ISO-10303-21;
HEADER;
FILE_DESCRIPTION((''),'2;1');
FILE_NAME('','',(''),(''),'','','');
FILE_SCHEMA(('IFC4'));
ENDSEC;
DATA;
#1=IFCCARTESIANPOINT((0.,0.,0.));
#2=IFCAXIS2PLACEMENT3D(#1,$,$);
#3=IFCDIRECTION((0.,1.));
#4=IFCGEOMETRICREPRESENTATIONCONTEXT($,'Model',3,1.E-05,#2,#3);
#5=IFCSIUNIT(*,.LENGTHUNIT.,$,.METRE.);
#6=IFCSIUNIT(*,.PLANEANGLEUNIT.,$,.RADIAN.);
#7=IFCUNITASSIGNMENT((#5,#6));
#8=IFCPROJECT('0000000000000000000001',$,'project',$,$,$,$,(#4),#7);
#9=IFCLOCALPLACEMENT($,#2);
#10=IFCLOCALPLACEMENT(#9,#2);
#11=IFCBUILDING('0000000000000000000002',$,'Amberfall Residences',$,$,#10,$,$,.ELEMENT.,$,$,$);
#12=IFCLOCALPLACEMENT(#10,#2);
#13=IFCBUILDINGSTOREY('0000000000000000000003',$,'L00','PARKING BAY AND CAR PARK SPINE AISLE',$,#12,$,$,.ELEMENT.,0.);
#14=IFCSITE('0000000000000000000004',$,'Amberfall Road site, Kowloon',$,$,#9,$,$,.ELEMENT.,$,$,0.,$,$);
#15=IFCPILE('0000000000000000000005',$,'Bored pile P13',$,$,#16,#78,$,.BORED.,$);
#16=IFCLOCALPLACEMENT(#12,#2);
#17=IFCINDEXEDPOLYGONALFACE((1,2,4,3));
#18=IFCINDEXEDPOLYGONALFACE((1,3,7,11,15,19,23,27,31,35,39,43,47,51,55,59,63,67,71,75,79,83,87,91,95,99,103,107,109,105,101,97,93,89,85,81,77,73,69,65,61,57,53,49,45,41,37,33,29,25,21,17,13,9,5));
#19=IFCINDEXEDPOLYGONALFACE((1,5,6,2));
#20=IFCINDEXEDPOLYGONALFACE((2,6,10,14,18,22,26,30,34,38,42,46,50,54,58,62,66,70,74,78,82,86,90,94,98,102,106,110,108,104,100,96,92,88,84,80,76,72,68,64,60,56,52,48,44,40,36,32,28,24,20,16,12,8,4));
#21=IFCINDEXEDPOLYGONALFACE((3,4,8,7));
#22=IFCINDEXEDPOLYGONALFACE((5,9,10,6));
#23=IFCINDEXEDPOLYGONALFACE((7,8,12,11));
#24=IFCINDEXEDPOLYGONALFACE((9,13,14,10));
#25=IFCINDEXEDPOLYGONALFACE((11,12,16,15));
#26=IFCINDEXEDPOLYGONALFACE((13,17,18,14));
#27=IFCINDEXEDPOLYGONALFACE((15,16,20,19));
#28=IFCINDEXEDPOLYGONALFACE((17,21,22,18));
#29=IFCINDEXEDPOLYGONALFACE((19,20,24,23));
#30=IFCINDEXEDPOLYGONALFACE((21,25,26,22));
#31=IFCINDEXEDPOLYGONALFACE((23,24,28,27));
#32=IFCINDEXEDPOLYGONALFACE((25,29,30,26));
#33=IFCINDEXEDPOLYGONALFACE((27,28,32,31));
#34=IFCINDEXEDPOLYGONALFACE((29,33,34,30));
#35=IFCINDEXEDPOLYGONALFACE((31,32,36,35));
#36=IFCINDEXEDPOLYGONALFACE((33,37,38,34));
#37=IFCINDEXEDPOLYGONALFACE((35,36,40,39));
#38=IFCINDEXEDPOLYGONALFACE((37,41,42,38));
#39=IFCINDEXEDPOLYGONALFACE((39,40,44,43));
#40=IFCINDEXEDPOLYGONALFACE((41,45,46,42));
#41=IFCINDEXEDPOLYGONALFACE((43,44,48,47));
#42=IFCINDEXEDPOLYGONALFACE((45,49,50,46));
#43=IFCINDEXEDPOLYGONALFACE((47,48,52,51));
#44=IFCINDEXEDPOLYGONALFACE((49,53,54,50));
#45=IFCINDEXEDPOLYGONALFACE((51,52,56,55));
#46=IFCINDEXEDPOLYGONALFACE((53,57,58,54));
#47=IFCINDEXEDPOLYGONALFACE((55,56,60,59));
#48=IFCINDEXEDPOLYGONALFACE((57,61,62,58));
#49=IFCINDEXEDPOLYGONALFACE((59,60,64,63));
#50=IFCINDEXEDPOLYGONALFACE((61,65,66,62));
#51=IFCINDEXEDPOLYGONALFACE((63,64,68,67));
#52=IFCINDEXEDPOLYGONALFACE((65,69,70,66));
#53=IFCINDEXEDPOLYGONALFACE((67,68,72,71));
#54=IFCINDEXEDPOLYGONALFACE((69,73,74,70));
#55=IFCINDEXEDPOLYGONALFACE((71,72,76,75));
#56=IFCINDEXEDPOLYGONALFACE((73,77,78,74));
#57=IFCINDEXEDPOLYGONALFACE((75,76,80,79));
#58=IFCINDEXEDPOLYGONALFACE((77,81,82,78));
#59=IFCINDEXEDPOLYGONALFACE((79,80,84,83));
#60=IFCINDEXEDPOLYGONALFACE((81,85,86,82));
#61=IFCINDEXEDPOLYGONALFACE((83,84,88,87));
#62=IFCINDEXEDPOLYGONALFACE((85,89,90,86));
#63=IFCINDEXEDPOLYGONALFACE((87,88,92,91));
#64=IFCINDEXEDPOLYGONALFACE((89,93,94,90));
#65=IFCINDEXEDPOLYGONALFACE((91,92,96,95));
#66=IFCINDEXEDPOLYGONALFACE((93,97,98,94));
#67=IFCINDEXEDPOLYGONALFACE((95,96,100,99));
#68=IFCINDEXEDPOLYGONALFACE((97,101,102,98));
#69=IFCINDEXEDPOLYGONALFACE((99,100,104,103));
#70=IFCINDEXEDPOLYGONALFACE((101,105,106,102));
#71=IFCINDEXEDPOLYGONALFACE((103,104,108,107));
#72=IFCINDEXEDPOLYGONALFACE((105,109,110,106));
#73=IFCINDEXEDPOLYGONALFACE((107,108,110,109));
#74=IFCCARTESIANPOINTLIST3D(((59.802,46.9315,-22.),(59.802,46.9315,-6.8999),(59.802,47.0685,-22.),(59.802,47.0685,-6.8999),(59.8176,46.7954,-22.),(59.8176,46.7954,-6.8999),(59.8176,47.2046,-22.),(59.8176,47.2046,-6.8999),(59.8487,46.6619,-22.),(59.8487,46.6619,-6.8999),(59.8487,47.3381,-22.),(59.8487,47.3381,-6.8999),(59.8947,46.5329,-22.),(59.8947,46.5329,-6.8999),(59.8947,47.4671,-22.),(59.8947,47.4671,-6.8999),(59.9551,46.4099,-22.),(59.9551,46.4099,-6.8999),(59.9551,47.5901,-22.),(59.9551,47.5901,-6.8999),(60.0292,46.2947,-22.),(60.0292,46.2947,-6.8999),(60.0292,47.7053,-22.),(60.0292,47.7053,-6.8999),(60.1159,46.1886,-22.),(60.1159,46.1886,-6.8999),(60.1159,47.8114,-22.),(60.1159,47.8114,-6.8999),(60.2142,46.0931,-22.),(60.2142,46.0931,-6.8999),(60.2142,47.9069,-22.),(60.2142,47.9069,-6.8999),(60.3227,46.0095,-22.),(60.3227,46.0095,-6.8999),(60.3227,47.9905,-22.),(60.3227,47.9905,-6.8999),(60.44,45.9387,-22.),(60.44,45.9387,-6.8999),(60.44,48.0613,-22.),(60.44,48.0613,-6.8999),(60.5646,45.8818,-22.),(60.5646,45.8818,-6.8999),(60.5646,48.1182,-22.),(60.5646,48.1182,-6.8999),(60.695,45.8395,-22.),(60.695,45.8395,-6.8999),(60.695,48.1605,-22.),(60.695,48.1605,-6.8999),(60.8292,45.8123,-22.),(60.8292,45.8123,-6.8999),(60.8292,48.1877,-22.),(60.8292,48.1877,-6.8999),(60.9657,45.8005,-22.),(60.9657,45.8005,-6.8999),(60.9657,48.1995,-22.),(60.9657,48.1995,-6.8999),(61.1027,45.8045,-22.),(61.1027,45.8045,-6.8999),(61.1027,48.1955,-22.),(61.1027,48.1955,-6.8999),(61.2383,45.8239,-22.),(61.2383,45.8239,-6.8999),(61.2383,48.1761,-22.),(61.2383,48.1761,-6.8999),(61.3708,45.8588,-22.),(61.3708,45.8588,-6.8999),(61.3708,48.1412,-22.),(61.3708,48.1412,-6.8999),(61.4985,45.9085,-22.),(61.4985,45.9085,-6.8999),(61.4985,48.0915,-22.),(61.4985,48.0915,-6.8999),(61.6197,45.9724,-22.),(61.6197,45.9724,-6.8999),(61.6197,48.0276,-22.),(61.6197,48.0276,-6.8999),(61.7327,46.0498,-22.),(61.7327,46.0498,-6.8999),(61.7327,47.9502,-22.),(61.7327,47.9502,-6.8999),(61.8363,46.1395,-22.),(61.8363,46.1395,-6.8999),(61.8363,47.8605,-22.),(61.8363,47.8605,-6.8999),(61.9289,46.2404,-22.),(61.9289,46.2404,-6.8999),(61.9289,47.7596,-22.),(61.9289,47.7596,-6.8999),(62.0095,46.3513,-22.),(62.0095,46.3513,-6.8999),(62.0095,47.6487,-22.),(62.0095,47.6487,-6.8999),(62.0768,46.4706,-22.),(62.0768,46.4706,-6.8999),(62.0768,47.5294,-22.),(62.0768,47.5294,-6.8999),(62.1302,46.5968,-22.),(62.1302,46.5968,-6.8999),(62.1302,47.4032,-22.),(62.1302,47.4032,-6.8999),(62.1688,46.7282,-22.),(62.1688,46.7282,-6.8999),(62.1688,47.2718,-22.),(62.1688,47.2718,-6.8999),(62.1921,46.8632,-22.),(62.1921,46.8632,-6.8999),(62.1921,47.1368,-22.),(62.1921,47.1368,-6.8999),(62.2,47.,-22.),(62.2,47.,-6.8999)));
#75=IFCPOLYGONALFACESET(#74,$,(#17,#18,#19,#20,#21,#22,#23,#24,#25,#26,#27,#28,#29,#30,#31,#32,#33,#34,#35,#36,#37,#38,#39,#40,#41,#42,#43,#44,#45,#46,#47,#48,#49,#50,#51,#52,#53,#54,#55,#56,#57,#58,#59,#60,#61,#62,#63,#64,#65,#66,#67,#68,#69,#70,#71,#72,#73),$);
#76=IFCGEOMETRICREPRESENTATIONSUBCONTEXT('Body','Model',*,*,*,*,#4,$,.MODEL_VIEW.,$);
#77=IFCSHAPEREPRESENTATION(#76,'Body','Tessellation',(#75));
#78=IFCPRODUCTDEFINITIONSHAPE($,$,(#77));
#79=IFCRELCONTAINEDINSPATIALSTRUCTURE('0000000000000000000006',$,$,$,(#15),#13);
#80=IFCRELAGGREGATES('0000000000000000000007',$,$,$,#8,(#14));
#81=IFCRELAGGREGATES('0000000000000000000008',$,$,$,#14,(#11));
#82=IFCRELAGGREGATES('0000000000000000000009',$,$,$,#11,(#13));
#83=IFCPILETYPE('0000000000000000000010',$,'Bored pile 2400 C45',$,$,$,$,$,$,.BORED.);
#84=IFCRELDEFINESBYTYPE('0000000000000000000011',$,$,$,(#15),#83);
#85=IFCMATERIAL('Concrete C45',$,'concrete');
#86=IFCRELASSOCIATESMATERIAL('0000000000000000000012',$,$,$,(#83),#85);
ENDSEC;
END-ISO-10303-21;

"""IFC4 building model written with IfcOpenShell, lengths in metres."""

from ifc_helpers import new_model, si_unit, direction, frame, origin, origin_2d, place, context, subcontext, project, spatial, circle, extrude, material, material_profile, profile_set, type_object, element, save


model = new_model("IFC4")

# Units and contexts
model_context = context("Model", 3, precision=1e-05, world=origin(), true_north=direction((0.0, 1.0)))
body_context = subcontext(model_context, "Body", "Model", "MODEL_VIEW")
ifc_project = project(units=[si_unit("LENGTHUNIT", "METRE"), si_unit("PLANEANGLEUNIT", "RADIAN")], contexts=[model_context])

# Site, building, storey
site_placement = place(None, origin())
site = spatial("IfcSite", under=ifc_project, at=site_placement, Name="Amberfall Road site, Kowloon", CompositionType="ELEMENT", RefElevation=0.0)
building_placement = place(site_placement, origin())
building = spatial("IfcBuilding", under=site, at=building_placement, Name="Amberfall Residences", CompositionType="ELEMENT")
storey_placement = place(building_placement, origin())
storey = spatial("IfcBuildingStorey", under=building, at=storey_placement, Name="L00", Description="PARKING BAY AND CAR PARK SPINE AISLE", CompositionType="ELEMENT", Elevation=0.0)

# Pile
ifc_material_1 = material(Name="Concrete C45", Category="concrete")
ifc_material_profile = material_profile(ifc_material_1, circle(Radius=1.2, at=origin_2d()), Name="Bored pile 2400 C45")
ifc_profile_set = profile_set([ifc_material_profile], Name="Concrete C45")
pile_type = type_object("IfcPileType", Name="Bored pile 2400 C45", PredefinedType="BORED", material=ifc_profile_set)
pile_placement = place(storey_placement, frame((61.0, 47.0, -6.8999), z_axis=(0.0, 0.0, -1.0), x_axis=(1.0, 0.0, 0.0)))
element("IfcPile", 1, at=pile_placement, inside=storey, type_object=pile_type, Name="Bored pile P13", PredefinedType="BORED", context=body_context, shape_type="SweptSolid", body=[
    extrude(circle(Radius=1.2, at=origin_2d()), origin(), (0.0, 0.0, 1.0), 15.1001),
])

save(model, "model.ifc")
